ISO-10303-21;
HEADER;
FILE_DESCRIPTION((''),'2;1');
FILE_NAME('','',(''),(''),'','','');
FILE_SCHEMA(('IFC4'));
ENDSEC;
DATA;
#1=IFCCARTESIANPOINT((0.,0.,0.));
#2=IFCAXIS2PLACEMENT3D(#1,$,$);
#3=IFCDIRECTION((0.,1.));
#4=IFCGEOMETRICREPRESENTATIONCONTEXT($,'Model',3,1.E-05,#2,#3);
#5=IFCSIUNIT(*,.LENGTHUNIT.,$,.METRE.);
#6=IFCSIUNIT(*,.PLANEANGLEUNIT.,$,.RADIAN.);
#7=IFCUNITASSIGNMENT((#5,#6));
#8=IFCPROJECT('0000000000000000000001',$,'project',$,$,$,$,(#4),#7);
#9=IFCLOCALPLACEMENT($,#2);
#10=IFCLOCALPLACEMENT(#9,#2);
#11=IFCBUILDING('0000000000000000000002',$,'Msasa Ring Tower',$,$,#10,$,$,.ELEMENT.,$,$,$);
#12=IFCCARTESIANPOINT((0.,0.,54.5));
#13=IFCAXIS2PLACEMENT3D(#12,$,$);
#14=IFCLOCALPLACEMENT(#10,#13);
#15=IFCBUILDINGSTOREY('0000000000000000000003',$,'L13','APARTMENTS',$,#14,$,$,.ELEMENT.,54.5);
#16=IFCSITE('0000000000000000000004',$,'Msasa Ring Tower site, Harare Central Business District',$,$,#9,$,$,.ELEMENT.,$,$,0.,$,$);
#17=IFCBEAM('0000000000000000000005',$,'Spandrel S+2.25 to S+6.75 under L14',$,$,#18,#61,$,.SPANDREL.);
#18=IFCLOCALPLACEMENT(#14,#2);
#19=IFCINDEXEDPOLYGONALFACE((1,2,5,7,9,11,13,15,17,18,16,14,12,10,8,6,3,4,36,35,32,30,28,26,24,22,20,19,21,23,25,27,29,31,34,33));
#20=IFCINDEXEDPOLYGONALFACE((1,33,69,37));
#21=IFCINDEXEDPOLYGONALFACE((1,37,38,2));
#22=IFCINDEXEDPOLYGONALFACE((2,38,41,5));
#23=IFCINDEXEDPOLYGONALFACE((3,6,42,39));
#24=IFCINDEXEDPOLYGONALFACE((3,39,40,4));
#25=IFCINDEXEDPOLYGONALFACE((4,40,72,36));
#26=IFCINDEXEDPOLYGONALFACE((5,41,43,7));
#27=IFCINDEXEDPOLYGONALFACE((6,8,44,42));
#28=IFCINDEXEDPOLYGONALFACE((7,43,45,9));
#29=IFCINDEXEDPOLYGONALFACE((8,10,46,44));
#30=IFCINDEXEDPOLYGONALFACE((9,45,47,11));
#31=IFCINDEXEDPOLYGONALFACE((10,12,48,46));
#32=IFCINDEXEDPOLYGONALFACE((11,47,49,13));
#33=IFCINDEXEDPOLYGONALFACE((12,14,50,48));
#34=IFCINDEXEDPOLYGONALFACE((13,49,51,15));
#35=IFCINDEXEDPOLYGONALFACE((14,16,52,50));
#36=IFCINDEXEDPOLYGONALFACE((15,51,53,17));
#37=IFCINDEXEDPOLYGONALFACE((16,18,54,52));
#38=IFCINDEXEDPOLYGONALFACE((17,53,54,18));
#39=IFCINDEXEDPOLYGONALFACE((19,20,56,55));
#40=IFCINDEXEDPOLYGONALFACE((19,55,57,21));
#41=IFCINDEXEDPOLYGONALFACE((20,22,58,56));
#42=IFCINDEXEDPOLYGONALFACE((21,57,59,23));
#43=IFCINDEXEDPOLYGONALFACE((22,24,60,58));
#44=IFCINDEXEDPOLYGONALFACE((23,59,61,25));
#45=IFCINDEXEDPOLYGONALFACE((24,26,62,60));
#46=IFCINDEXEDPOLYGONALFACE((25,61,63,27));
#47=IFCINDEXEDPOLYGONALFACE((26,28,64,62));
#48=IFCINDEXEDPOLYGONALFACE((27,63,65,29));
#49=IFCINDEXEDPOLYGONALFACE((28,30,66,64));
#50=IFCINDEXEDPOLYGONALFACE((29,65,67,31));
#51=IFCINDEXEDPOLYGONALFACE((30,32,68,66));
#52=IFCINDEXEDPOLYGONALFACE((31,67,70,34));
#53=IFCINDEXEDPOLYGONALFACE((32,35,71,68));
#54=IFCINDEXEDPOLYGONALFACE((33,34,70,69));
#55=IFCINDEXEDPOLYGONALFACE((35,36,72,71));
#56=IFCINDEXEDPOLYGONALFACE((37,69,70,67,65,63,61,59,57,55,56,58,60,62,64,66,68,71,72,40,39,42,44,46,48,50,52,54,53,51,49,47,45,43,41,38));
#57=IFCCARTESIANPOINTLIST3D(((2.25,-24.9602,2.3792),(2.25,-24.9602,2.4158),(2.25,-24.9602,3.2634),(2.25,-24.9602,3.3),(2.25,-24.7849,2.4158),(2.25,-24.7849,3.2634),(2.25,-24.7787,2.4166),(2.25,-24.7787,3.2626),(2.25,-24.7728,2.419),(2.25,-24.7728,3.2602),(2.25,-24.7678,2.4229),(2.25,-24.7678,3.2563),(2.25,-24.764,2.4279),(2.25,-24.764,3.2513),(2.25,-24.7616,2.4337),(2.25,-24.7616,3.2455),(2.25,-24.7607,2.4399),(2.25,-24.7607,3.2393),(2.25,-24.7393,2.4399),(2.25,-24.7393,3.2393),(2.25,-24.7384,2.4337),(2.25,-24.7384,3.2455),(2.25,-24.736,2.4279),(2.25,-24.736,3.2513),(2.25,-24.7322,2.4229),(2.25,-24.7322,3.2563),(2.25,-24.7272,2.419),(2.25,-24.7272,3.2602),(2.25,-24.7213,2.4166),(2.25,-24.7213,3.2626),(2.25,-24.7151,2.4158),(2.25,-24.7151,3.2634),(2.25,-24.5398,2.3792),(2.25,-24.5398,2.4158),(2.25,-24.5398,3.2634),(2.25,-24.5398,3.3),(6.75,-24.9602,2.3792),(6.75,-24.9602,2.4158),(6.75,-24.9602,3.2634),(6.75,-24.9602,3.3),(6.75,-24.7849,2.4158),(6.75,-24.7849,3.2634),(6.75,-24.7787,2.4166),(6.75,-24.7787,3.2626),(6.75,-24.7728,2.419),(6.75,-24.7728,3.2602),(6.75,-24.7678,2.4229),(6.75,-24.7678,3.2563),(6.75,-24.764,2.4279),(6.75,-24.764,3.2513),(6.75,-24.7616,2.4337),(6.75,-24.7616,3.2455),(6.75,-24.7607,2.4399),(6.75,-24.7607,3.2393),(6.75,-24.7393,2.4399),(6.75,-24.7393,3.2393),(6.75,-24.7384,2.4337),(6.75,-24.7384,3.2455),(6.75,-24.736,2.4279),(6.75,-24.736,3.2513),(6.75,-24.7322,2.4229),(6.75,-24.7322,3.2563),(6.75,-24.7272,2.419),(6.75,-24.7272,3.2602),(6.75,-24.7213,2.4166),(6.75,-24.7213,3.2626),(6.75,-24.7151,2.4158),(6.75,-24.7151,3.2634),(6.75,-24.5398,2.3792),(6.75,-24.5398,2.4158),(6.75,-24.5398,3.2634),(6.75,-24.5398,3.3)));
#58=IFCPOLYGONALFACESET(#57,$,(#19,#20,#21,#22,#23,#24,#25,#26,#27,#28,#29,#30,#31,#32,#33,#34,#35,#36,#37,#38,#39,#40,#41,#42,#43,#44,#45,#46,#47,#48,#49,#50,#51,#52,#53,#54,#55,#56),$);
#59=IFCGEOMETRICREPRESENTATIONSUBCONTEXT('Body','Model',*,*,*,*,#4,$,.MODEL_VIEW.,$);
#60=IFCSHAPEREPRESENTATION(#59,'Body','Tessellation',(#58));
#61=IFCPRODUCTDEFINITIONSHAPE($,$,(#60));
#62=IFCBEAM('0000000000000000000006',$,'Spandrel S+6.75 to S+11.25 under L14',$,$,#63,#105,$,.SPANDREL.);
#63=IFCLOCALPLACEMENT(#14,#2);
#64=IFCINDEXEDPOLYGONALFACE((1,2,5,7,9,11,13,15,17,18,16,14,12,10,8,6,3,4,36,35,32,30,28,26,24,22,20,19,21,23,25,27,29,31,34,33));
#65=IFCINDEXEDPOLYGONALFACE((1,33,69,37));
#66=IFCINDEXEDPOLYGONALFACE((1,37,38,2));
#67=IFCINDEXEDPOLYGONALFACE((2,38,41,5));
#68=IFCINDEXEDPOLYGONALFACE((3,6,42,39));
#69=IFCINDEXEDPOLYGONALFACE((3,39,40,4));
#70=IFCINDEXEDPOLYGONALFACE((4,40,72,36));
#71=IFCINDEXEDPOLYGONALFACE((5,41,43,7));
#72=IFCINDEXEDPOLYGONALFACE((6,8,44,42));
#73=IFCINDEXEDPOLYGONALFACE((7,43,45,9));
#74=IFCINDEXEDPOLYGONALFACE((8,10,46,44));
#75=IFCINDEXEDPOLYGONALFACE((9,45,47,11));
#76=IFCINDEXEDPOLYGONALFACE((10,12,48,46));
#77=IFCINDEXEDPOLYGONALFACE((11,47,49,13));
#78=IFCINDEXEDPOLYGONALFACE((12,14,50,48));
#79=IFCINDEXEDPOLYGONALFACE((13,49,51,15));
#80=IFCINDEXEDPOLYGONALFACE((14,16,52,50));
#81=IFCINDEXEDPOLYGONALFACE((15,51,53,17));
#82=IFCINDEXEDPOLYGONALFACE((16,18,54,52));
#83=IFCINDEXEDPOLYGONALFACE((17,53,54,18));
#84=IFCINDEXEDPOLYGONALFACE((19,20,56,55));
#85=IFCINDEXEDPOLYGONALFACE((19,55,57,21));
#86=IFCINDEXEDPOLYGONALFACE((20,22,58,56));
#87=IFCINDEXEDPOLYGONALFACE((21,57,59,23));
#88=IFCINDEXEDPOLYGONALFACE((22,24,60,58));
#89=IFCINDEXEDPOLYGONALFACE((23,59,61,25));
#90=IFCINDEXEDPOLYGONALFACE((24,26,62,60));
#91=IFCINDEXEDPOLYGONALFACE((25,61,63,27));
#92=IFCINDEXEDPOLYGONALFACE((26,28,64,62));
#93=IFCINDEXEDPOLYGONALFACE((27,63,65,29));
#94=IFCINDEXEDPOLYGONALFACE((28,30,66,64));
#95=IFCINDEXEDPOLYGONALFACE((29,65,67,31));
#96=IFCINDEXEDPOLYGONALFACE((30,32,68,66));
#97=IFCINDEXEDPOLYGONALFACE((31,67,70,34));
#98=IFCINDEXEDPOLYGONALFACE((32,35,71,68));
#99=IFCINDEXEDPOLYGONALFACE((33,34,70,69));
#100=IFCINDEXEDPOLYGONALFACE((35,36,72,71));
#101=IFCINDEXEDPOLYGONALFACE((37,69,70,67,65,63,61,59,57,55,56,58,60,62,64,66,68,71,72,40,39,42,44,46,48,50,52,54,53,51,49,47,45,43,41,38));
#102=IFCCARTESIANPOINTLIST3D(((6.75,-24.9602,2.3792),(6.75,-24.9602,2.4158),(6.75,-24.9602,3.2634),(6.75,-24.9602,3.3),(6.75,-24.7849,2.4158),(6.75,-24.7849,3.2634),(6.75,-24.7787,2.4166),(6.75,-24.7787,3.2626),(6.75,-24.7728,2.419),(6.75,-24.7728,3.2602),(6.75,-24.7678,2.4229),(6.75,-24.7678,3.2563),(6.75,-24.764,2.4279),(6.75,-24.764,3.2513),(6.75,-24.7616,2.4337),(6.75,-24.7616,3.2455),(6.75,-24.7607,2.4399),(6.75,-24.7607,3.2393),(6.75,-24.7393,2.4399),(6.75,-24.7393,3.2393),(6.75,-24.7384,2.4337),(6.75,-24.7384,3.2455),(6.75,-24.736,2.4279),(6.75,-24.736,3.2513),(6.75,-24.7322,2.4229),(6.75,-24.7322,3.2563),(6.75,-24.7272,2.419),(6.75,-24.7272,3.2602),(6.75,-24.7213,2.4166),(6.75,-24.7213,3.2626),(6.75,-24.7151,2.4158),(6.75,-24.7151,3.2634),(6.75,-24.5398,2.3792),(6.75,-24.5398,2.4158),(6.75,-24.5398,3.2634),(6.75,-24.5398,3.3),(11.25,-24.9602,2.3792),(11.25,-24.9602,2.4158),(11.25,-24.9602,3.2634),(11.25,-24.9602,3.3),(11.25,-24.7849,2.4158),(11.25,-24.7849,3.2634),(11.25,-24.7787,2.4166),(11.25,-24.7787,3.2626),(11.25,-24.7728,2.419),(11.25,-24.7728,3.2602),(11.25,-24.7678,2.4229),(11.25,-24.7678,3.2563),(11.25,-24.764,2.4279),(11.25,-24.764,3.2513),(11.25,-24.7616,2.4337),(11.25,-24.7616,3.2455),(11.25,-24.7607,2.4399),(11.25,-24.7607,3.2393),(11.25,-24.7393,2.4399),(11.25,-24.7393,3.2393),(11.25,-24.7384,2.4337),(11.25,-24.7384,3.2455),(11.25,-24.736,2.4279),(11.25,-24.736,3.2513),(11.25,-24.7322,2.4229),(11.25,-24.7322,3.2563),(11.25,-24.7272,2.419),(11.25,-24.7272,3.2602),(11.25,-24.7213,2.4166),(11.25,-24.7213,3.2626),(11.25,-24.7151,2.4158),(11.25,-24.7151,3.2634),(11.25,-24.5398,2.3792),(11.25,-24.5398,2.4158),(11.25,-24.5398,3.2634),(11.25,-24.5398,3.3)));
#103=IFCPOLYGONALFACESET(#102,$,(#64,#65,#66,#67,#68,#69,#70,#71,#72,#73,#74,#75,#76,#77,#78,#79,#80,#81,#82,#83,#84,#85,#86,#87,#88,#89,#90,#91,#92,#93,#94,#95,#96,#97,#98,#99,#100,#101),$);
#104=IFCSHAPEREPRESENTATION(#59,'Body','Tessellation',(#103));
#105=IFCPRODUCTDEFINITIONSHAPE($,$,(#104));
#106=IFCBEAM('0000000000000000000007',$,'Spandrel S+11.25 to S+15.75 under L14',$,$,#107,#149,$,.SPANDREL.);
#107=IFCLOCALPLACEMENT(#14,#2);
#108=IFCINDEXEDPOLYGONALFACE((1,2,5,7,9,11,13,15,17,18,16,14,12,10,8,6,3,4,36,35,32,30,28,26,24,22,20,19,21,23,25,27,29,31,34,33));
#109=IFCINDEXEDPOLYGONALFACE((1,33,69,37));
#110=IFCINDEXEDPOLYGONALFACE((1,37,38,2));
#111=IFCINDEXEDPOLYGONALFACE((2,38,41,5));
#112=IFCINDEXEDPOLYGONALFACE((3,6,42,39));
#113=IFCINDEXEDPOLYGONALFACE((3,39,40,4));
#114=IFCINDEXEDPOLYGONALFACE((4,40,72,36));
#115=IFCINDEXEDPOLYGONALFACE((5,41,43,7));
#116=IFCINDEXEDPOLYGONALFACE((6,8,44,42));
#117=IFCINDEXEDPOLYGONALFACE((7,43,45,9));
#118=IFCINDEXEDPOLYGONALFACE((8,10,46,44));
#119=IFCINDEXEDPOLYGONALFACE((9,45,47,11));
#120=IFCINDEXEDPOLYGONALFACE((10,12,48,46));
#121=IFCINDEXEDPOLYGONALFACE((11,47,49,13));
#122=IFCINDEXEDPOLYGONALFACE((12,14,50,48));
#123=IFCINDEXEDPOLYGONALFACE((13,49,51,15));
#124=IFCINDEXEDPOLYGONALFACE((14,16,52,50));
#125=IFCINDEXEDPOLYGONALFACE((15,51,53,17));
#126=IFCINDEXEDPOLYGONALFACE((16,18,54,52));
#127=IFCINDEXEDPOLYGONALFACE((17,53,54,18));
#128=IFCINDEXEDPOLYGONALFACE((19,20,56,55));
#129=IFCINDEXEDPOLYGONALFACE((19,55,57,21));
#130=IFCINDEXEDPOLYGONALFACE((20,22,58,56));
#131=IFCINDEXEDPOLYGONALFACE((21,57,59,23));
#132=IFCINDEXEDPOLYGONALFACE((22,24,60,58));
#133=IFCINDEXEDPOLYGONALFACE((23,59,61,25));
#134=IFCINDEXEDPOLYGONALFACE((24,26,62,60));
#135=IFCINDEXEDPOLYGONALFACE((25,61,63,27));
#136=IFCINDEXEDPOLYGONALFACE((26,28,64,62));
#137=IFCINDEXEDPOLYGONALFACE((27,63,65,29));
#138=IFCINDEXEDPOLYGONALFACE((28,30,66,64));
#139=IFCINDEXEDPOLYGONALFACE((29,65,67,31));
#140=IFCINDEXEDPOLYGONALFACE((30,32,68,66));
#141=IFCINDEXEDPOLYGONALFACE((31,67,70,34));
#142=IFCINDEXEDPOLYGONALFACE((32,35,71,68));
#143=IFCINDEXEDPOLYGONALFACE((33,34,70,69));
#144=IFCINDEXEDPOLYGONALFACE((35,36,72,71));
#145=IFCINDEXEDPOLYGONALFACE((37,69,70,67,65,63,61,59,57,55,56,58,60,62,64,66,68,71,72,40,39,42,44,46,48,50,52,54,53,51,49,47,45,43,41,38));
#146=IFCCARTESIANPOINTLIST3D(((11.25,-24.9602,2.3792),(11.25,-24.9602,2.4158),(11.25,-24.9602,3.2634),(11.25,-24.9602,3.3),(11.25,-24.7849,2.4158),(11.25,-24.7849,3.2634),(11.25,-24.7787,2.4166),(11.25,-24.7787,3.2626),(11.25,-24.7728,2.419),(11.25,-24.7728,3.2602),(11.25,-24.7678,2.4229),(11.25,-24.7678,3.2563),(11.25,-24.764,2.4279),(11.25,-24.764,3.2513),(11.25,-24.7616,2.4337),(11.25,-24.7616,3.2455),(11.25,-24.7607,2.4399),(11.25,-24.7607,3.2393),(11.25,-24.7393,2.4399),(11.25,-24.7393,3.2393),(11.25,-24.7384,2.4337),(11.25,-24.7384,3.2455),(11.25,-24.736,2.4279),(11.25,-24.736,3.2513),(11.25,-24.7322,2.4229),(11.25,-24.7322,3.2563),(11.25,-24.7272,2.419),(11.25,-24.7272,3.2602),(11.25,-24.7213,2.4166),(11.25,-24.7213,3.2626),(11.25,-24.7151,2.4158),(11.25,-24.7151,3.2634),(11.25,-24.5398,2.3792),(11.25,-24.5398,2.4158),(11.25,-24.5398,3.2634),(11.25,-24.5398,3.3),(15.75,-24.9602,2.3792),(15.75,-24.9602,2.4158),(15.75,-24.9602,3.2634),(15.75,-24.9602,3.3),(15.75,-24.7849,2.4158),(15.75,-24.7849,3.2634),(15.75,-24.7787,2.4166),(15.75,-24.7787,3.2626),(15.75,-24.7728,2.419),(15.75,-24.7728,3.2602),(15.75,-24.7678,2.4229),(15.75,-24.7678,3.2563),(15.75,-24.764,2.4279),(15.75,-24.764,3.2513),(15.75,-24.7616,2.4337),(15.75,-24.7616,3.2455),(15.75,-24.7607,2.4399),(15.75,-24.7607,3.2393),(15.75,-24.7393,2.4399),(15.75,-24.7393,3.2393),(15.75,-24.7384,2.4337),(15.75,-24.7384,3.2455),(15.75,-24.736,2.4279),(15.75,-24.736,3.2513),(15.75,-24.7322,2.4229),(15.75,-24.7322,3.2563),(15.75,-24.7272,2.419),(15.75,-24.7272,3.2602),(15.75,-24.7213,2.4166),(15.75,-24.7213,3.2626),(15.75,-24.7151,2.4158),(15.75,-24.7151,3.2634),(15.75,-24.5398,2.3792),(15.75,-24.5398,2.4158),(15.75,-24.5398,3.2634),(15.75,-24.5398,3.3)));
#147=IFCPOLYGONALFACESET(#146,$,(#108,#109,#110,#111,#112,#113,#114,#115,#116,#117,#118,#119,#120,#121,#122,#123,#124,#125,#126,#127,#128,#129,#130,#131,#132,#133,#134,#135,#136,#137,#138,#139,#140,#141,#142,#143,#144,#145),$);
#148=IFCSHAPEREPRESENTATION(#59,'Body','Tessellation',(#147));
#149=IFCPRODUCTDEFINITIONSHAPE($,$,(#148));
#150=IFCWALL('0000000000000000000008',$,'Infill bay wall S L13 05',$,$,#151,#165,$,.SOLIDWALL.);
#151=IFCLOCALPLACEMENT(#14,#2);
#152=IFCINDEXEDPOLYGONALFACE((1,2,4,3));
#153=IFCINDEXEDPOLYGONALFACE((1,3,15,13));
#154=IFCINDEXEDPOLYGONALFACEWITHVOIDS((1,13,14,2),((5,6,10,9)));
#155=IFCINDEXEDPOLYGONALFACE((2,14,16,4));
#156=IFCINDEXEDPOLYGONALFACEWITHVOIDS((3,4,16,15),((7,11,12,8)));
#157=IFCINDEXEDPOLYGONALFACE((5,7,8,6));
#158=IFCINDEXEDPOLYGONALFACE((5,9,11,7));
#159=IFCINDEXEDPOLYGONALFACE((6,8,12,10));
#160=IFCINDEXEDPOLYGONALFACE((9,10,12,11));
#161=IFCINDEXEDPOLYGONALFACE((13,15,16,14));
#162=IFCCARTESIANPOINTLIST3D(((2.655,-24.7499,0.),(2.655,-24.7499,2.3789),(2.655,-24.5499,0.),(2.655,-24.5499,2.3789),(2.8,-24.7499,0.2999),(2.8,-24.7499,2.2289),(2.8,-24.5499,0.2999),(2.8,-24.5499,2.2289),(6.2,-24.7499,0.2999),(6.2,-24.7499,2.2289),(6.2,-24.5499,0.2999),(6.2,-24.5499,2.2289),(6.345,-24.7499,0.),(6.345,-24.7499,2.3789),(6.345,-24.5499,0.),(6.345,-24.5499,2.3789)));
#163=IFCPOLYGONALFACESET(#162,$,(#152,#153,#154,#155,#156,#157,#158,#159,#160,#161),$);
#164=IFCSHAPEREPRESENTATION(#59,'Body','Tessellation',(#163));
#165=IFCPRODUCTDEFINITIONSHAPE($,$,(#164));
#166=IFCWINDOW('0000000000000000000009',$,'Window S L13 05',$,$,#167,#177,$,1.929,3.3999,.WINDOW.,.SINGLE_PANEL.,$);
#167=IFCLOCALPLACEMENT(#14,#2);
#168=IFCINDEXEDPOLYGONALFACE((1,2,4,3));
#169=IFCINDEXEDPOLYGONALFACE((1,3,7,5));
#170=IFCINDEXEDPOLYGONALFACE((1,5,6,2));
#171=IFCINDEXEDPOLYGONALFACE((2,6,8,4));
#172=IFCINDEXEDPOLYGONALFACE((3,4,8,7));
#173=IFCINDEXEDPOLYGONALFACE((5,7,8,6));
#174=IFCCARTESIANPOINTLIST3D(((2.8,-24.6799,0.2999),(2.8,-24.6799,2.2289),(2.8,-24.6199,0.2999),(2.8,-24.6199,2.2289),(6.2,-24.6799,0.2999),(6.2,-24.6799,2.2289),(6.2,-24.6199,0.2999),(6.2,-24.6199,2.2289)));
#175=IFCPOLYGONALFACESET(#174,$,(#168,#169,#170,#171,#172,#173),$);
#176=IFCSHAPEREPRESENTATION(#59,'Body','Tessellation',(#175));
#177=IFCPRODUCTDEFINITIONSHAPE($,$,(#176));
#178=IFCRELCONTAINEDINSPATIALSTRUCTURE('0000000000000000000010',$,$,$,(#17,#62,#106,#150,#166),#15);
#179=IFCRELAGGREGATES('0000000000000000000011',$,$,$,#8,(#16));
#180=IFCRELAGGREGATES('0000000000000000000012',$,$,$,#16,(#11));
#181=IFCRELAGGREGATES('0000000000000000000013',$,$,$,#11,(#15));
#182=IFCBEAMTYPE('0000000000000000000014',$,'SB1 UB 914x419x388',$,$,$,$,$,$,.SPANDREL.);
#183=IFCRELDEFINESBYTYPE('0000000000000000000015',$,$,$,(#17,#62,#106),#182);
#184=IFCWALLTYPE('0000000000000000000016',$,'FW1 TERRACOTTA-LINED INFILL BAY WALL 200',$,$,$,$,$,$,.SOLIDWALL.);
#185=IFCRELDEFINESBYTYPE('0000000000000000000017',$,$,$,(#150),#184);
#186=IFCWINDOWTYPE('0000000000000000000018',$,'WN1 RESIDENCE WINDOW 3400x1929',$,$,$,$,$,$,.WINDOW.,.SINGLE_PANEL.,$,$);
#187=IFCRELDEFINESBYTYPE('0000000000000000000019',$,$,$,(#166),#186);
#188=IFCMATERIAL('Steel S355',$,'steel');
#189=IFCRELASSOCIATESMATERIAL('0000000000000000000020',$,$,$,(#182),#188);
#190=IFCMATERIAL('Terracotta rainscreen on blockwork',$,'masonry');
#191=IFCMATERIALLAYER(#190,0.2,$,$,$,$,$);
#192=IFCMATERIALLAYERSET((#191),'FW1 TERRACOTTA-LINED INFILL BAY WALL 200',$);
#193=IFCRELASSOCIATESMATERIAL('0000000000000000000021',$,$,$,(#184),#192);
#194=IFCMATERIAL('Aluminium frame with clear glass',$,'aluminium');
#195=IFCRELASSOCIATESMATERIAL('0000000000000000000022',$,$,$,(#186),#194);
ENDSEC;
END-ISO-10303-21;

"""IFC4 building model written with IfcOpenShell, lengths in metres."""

from ifc_helpers import new_model, si_unit, direction, frame, frame_2d, origin, origin_2d, place, context, subcontext, project, spatial, rectangle, i_section, extrude, material, layer, layer_set, material_profile, profile_set, type_object, element, fill, save


model = new_model("IFC4")

# Units and contexts
model_context = context("Model", 3, precision=1e-05, world=origin(), true_north=direction((0.0, 1.0)))
body_context = subcontext(model_context, "Body", "Model", "MODEL_VIEW")
ifc_project = project(units=[si_unit("LENGTHUNIT", "METRE"), si_unit("PLANEANGLEUNIT", "RADIAN")], contexts=[model_context])

# Site, building, storey
site_placement = place(None, origin())
site = spatial("IfcSite", under=ifc_project, at=site_placement, Name="Msasa Ring Tower site, Harare Central Business District", CompositionType="ELEMENT", RefElevation=0.0)
building_placement = place(site_placement, origin())
building = spatial("IfcBuilding", under=site, at=building_placement, Name="Msasa Ring Tower", CompositionType="ELEMENT")
storey_placement = place(building_placement, frame((0.0, 0.0, 54.5)))
storey = spatial("IfcBuildingStorey", under=building, at=storey_placement, Name="L13", Description="APARTMENTS", CompositionType="ELEMENT", Elevation=54.5)

# Beams
ifc_material_1 = material(Name="Steel S355", Category="steel")
ifc_material_profile_1 = material_profile(ifc_material_1, i_section(OverallWidth=0.4204, OverallDepth=0.9209, WebThickness=0.0215, FlangeThickness=0.0366, FilletRadius=0.0242, at=origin_2d()), Name="UB 914x419x388")
ifc_profile_set_1 = profile_set([ifc_material_profile_1], Name="Steel S355")
beam_type_1 = type_object("IfcBeamType", Name="SB1 UB 914x419x388", PredefinedType="SPANDREL", material=ifc_profile_set_1)
for number, where, z_axis, x_axis, name in (
    (1, (2.25, -24.75, 2.8396), (1.0, 0.0, 0.0), (0.0, 1.0, 0.0), "Spandrel S+2.25 to S+6.75 under L14"),
    (2, (6.75, -24.75, 2.8396), (1.0, 0.0, 0.0), (0.0, 1.0, 0.0), "Spandrel S+6.75 to S+11.25 under L14"),
    (3, (11.25, -24.75, 2.8396), (1.0, 0.0, 0.0), (0.0, 1.0, 0.0), "Spandrel S+11.25 to S+15.75 under L14"),
):
    element("IfcBeam", number, at=place(storey_placement, frame(where, z_axis=z_axis, x_axis=x_axis)), inside=storey, type_object=beam_type_1, Name=name, PredefinedType="SPANDREL", context=body_context, shape_type="SweptSolid", body=[
        extrude(i_section(OverallWidth=0.4204, OverallDepth=0.9209, WebThickness=0.0215, FlangeThickness=0.0366, FilletRadius=0.0242, at=origin_2d()), origin(), (0.0, 0.0, 1.0), 4.5),
    ])

# Wall, opening, window
ifc_material_2 = material(Name="Terracotta rainscreen on blockwork", Category="masonry")
ifc_layer_1 = layer(ifc_material_2, 0.2)
ifc_layer_set_1 = layer_set([ifc_layer_1], Name="FW1 TERRACOTTA-LINED INFILL BAY WALL 200")
wall_type_1 = type_object("IfcWallType", Name="FW1 TERRACOTTA-LINED INFILL BAY WALL 200", PredefinedType="SOLIDWALL", material=ifc_layer_set_1)
wall_1_placement = place(storey_placement, frame((2.655, -24.6499, 0.0), z_axis=(0.0, 0.0, 1.0), x_axis=(1.0, 0.0, 0.0)))
wall_1 = element("IfcWall", 4, at=wall_1_placement, inside=storey, type_object=wall_type_1, Name="Infill bay wall S L13 05", PredefinedType="SOLIDWALL", context=body_context, shape_type="SweptSolid", body=[
    extrude(rectangle(XDim=3.6899, YDim=0.2, at=frame_2d((1.845, 0.0))), origin(), (0.0, 0.0, 1.0), 2.3789),
])
opening_1_placement = place(wall_1_placement, frame((0.145, 0.0, 0.3)))
opening_1 = element("IfcOpeningElement", 5, at=opening_1_placement, cuts=wall_1, PredefinedType="OPENING", context=body_context, shape_type="SweptSolid", body=[
    extrude(rectangle(XDim=3.3999, YDim=1.929, at=frame_2d((1.7, 0.9644))), frame((0.0, 0.1099, 0.0), z_axis=(0.0, -1.0, 0.0), x_axis=(1.0, 0.0, 0.0)), (0.0, 0.0, 1.0), 0.22),
])
ifc_material_3 = material(Name="Aluminium frame with clear glass", Category="aluminium")
window_type = type_object("IfcWindowType", Name="WN1 RESIDENCE WINDOW 3400x1929", PartitioningType="SINGLE_PANEL", PredefinedType="WINDOW", material=ifc_material_3)
window_1_placement = place(opening_1_placement, origin())
window_1 = element("IfcWindow", 6, at=window_1_placement, inside=storey, type_object=window_type, Name="Window S L13 05", OverallHeight=1.929, OverallWidth=3.3999, PartitioningType="SINGLE_PANEL", PredefinedType="WINDOW", context=body_context, shape_type="SweptSolid", body=[
    extrude(rectangle(XDim=3.3999, YDim=1.929, at=frame_2d((1.7, 0.9644))), frame((0.0, 0.03, 0.0), z_axis=(0.0, -1.0, 0.0), x_axis=(1.0, 0.0, 0.0)), (0.0, 0.0, 1.0), 0.0601),
])
fill(opening_1, window_1)

save(model, "model.ifc")
